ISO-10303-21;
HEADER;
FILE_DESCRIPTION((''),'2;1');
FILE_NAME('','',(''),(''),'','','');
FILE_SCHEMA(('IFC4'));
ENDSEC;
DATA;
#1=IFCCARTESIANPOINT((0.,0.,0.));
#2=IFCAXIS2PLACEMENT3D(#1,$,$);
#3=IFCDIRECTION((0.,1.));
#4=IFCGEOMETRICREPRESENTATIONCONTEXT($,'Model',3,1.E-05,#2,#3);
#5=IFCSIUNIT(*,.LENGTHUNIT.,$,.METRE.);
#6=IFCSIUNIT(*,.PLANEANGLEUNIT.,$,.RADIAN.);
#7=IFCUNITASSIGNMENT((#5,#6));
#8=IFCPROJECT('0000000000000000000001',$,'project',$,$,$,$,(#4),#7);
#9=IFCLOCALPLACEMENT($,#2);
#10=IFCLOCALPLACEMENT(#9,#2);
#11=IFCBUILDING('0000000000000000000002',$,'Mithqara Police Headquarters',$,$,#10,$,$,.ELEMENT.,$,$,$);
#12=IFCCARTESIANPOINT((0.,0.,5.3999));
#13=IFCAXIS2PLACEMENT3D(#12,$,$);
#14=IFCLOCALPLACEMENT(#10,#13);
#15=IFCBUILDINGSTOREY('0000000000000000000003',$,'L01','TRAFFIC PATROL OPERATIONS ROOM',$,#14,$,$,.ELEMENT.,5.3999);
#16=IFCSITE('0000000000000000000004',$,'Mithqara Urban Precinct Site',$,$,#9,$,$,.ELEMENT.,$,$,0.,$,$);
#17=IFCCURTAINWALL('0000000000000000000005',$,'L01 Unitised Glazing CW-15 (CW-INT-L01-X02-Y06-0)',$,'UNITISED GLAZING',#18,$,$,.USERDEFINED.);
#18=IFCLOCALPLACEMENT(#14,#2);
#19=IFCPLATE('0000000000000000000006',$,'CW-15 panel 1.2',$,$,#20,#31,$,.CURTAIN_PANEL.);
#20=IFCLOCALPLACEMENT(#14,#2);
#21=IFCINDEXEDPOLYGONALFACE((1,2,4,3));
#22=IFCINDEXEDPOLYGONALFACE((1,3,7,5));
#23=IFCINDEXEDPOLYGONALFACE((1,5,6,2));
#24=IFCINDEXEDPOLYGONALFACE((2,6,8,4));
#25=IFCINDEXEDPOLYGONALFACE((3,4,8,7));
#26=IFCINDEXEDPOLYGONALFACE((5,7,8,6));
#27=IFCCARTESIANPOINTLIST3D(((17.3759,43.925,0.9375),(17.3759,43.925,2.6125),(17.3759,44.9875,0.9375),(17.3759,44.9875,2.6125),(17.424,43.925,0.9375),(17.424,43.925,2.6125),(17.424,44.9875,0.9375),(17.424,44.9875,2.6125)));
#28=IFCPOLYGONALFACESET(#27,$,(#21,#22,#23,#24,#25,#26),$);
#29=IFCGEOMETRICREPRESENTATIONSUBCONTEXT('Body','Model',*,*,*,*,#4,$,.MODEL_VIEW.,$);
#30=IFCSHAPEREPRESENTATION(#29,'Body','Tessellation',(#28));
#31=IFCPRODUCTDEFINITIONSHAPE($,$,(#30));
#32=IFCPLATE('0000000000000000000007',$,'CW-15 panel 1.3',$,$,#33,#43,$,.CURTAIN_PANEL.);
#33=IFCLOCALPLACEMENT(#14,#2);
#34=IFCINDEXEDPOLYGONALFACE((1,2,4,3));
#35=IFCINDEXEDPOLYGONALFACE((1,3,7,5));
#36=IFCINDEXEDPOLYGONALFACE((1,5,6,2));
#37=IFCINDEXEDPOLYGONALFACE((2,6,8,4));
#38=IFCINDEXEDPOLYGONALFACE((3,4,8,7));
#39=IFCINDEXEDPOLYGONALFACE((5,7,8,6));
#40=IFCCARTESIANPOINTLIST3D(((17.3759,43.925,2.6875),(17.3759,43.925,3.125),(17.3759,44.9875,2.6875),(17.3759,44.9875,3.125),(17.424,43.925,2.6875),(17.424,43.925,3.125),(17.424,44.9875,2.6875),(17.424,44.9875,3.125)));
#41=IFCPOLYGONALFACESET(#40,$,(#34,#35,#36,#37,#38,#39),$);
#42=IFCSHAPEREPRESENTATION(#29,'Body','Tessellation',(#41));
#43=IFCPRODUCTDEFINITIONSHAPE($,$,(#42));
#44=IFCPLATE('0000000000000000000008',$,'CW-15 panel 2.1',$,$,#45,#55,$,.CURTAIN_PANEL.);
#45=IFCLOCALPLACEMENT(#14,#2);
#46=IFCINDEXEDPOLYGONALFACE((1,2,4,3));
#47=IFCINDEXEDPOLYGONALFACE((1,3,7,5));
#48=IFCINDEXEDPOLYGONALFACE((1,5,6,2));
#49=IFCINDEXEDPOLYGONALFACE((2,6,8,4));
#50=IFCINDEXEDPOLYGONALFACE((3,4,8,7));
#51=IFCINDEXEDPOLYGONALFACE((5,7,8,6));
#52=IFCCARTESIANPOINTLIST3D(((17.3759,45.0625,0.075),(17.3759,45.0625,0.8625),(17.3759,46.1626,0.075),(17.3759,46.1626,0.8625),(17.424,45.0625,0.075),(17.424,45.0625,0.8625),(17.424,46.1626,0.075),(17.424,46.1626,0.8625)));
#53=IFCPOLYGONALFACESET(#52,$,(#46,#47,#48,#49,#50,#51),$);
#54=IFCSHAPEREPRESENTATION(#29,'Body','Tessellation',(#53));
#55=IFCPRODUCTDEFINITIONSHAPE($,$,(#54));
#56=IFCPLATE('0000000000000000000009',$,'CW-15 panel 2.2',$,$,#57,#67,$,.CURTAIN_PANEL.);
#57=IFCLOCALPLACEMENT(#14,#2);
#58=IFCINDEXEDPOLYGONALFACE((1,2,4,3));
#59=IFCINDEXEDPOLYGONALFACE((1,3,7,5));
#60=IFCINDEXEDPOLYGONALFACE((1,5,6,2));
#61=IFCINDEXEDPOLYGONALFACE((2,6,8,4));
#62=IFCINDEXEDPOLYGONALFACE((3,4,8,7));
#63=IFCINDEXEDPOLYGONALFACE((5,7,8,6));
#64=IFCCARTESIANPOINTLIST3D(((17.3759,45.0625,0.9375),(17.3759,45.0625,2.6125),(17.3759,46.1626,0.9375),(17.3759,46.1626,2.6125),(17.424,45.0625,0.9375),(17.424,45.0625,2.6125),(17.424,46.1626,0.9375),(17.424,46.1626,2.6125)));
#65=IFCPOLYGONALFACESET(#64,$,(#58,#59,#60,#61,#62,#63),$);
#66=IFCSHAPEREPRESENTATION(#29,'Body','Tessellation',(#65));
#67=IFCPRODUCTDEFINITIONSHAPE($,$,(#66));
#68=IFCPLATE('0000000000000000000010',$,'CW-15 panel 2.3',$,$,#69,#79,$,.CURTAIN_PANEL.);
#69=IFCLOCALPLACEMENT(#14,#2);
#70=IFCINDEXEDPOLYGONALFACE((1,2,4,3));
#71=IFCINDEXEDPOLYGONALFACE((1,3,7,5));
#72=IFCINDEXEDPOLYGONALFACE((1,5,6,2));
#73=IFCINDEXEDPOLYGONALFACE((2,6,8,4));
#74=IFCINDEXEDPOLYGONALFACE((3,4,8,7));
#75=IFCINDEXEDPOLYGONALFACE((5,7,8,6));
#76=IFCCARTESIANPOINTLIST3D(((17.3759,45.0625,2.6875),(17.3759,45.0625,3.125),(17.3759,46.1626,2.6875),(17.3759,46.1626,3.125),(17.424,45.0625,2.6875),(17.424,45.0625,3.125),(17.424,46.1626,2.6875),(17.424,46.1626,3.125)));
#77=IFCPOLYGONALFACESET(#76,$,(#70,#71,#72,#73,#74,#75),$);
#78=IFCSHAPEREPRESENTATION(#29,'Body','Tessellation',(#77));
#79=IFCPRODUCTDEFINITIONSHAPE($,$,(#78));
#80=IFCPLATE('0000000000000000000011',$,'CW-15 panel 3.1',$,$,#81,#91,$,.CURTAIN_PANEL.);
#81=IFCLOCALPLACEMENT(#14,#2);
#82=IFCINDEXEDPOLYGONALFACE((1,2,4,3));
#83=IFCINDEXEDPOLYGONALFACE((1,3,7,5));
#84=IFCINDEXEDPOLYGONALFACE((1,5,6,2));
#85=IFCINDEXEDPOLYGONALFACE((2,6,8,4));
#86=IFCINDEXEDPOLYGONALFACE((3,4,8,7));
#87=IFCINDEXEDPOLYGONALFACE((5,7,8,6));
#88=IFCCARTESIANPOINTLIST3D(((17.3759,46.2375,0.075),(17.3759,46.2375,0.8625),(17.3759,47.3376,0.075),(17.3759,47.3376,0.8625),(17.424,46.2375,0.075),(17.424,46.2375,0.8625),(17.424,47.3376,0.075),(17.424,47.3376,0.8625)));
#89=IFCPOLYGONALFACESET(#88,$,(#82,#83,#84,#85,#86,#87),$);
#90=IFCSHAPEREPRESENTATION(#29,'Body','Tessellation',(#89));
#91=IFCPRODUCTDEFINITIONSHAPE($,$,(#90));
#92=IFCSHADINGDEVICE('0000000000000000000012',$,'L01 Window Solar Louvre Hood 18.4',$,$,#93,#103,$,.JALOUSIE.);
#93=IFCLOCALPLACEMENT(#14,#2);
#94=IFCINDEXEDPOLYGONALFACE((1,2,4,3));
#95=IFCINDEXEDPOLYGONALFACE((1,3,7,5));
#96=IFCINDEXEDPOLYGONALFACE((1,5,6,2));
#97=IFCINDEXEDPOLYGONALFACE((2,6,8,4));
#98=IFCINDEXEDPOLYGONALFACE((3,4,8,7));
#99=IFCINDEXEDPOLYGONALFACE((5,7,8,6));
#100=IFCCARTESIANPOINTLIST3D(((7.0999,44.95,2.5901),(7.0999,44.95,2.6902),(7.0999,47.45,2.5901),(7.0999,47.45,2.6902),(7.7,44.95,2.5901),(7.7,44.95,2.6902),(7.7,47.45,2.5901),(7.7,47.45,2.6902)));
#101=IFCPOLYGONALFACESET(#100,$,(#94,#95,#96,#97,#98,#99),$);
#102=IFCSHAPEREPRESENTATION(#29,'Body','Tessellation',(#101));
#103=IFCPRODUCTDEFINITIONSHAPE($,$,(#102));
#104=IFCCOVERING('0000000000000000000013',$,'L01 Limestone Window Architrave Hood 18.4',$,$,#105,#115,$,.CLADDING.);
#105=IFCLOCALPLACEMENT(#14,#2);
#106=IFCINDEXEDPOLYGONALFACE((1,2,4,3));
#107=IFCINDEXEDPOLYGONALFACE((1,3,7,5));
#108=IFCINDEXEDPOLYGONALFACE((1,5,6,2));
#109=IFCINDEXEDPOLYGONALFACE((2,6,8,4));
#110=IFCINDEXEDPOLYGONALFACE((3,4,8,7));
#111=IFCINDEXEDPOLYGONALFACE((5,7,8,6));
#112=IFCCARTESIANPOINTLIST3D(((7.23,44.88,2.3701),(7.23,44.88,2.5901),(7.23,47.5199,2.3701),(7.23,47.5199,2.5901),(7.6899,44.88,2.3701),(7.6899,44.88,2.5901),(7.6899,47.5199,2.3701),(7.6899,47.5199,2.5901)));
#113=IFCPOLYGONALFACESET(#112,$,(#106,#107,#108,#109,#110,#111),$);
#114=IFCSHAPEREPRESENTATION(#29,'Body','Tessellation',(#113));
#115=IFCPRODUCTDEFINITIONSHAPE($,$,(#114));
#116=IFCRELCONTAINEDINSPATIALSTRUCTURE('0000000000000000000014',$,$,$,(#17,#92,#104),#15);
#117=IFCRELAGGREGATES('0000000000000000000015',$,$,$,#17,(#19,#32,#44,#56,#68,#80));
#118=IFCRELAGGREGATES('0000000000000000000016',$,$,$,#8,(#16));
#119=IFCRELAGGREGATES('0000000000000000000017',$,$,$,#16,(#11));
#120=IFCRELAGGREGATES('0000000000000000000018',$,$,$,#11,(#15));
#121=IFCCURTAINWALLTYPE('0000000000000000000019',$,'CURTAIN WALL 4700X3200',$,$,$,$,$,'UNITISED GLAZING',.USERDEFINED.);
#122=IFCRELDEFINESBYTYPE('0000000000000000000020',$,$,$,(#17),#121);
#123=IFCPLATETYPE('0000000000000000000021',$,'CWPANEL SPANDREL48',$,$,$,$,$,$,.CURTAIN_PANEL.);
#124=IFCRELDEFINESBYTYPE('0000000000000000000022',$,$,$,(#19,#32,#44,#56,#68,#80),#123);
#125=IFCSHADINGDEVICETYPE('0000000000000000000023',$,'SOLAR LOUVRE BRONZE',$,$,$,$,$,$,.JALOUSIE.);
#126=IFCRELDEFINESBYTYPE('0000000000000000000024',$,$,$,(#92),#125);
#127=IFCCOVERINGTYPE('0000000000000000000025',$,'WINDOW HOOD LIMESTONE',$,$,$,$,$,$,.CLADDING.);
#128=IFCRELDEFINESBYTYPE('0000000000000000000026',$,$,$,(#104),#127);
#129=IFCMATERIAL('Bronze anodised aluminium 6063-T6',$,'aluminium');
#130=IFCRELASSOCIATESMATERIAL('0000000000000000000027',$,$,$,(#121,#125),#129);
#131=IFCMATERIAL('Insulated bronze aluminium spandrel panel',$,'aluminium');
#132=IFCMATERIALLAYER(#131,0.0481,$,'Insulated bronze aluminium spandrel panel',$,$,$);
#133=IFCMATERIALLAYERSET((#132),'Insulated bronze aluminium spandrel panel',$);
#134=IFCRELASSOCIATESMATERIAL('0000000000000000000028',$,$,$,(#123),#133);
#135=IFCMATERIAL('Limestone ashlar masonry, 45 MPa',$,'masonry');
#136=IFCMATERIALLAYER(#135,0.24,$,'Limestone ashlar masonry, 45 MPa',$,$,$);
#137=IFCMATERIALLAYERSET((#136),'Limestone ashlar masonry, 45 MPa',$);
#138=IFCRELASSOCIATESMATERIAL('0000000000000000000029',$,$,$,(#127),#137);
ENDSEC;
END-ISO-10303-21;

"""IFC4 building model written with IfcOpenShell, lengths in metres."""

from ifc_helpers import new_model, si_unit, direction, frame, origin, origin_2d, place, context, subcontext, project, spatial, rectangle, extrude, material, layer, layer_set, type_object, element, aggregate, save


model = new_model("IFC4")

# Units and contexts
model_context = context("Model", 3, precision=1e-05, world=origin(), true_north=direction((0.0, 1.0)))
body_context = subcontext(model_context, "Body", "Model", "MODEL_VIEW")
ifc_project = project(units=[si_unit("LENGTHUNIT", "METRE"), si_unit("PLANEANGLEUNIT", "RADIAN")], contexts=[model_context])

# Site, building, storey
site_placement = place(None, origin())
site = spatial("IfcSite", under=ifc_project, at=site_placement, Name="Mithqara Urban Precinct Site", CompositionType="ELEMENT", RefElevation=0.0)
building_placement = place(site_placement, origin())
building = spatial("IfcBuilding", under=site, at=building_placement, Name="Mithqara Police Headquarters", CompositionType="ELEMENT")
storey_placement = place(building_placement, frame((0.0, 0.0, 5.3999)))
storey = spatial("IfcBuildingStorey", under=building, at=storey_placement, Name="L01", Description="TRAFFIC PATROL OPERATIONS ROOM", CompositionType="ELEMENT", Elevation=5.3999)

# Curtain wall, plates
ifc_material_1 = material(Name="Bronze anodised aluminium 6063-T6", Category="aluminium")
curtain_wall_type = type_object("IfcCurtainWallType", Name="CURTAIN WALL 4700X3200", ElementType="UNITISED GLAZING", PredefinedType="USERDEFINED", material=ifc_material_1)
curtain_wall_placement = place(storey_placement, origin())
curtain_wall = element("IfcCurtainWall", 1, at=curtain_wall_placement, inside=storey, type_object=curtain_wall_type, Name="L01 Unitised Glazing CW-15 (CW-INT-L01-X02-Y06-0)", ObjectType="UNITISED GLAZING", PredefinedType="USERDEFINED")
ifc_material_2 = material(Name="Insulated bronze aluminium spandrel panel", Category="aluminium")
ifc_layer_1 = layer(ifc_material_2, 0.0481, Name="Insulated bronze aluminium spandrel panel")
ifc_layer_set_1 = layer_set([ifc_layer_1], Name="Insulated bronze aluminium spandrel panel")
plate_type = type_object("IfcPlateType", Name="CWPANEL SPANDREL48", PredefinedType="CURTAIN_PANEL", material=ifc_layer_set_1)
plate_1_placement = place(storey_placement, frame((17.3999, 44.4563, 0.9375), z_axis=(0.0, 0.0, 1.0), x_axis=(0.0, 1.0, 0.0)))
plate_1 = element("IfcPlate", 2, at=plate_1_placement, type_object=plate_type, Name="CW-15 panel 1.2", PredefinedType="CURTAIN_PANEL", context=body_context, shape_type="SweptSolid", body=[
    extrude(rectangle(XDim=1.0625, YDim=0.0481, at=origin_2d()), origin(), (0.0, 0.0, 1.0), 1.675),
])
plate_2_placement = place(storey_placement, frame((17.3999, 44.4563, 2.6875), z_axis=(0.0, 0.0, 1.0), x_axis=(0.0, 1.0, 0.0)))
plate_2 = element("IfcPlate", 3, at=plate_2_placement, type_object=plate_type, Name="CW-15 panel 1.3", PredefinedType="CURTAIN_PANEL", context=body_context, shape_type="SweptSolid", body=[
    extrude(rectangle(XDim=1.0625, YDim=0.0481, at=origin_2d()), origin(), (0.0, 0.0, 1.0), 0.4375),
])
plate_3_placement = place(storey_placement, frame((17.3999, 45.6125, 0.075), z_axis=(0.0, 0.0, 1.0), x_axis=(0.0, 1.0, 0.0)))
plate_3 = element("IfcPlate", 4, at=plate_3_placement, type_object=plate_type, Name="CW-15 panel 2.1", PredefinedType="CURTAIN_PANEL", context=body_context, shape_type="SweptSolid", body=[
    extrude(rectangle(XDim=1.1001, YDim=0.0481, at=origin_2d()), origin(), (0.0, 0.0, 1.0), 0.7876),
])
plate_4_placement = place(storey_placement, frame((17.3999, 45.6125, 0.9375), z_axis=(0.0, 0.0, 1.0), x_axis=(0.0, 1.0, 0.0)))
plate_4 = element("IfcPlate", 5, at=plate_4_placement, type_object=plate_type, Name="CW-15 panel 2.2", PredefinedType="CURTAIN_PANEL", context=body_context, shape_type="SweptSolid", body=[
    extrude(rectangle(XDim=1.1001, YDim=0.0481, at=origin_2d()), origin(), (0.0, 0.0, 1.0), 1.675),
])
plate_5_placement = place(storey_placement, frame((17.3999, 45.6125, 2.6875), z_axis=(0.0, 0.0, 1.0), x_axis=(0.0, 1.0, 0.0)))
plate_5 = element("IfcPlate", 6, at=plate_5_placement, type_object=plate_type, Name="CW-15 panel 2.3", PredefinedType="CURTAIN_PANEL", context=body_context, shape_type="SweptSolid", body=[
    extrude(rectangle(XDim=1.1001, YDim=0.0481, at=origin_2d()), origin(), (0.0, 0.0, 1.0), 0.4375),
])
plate_6_placement = place(storey_placement, frame((17.3999, 46.7876, 0.075), z_axis=(0.0, 0.0, 1.0), x_axis=(0.0, 1.0, 0.0)))
plate_6 = element("IfcPlate", 7, at=plate_6_placement, type_object=plate_type, Name="CW-15 panel 3.1", PredefinedType="CURTAIN_PANEL", context=body_context, shape_type="SweptSolid", body=[
    extrude(rectangle(XDim=1.1001, YDim=0.0481, at=origin_2d()), origin(), (0.0, 0.0, 1.0), 0.7876),
])
aggregate(curtain_wall, [plate_1, plate_2, plate_3, plate_4, plate_5, plate_6])

# Shading device
shading_device_type = type_object("IfcShadingDeviceType", Name="SOLAR LOUVRE BRONZE", PredefinedType="JALOUSIE", material=ifc_material_1)
shading_device_placement = place(storey_placement, frame((7.3999, 46.2, 2.5901), z_axis=(0.0, 0.0, 1.0), x_axis=(0.0, 1.0, 0.0)))
element("IfcShadingDevice", 8, at=shading_device_placement, inside=storey, type_object=shading_device_type, Name="L01 Window Solar Louvre Hood 18.4", PredefinedType="JALOUSIE", context=body_context, shape_type="SweptSolid", body=[
    extrude(rectangle(XDim=2.5, YDim=0.6001, at=origin_2d()), origin(), (0.0, 0.0, 1.0), 0.1001),
])

# Covering
ifc_material_3 = material(Name="Limestone ashlar masonry, 45 MPa", Category="masonry")
ifc_layer_2 = layer(ifc_material_3, 0.24, Name="Limestone ashlar masonry, 45 MPa")
ifc_layer_set_2 = layer_set([ifc_layer_2], Name="Limestone ashlar masonry, 45 MPa")
covering_type = type_object("IfcCoveringType", Name="WINDOW HOOD LIMESTONE", PredefinedType="CLADDING", material=ifc_layer_set_2)
covering_placement = place(storey_placement, frame((7.46, 46.2, 2.3701), z_axis=(0.0, 0.0, 1.0), x_axis=(0.0, 1.0, 0.0)))
element("IfcCovering", 9, at=covering_placement, inside=storey, type_object=covering_type, Name="L01 Limestone Window Architrave Hood 18.4", PredefinedType="CLADDING", context=body_context, shape_type="SweptSolid", body=[
    extrude(rectangle(XDim=2.6399, YDim=0.46, at=origin_2d()), origin(), (0.0, 0.0, 1.0), 0.22),
])

save(model, "model.ifc")
